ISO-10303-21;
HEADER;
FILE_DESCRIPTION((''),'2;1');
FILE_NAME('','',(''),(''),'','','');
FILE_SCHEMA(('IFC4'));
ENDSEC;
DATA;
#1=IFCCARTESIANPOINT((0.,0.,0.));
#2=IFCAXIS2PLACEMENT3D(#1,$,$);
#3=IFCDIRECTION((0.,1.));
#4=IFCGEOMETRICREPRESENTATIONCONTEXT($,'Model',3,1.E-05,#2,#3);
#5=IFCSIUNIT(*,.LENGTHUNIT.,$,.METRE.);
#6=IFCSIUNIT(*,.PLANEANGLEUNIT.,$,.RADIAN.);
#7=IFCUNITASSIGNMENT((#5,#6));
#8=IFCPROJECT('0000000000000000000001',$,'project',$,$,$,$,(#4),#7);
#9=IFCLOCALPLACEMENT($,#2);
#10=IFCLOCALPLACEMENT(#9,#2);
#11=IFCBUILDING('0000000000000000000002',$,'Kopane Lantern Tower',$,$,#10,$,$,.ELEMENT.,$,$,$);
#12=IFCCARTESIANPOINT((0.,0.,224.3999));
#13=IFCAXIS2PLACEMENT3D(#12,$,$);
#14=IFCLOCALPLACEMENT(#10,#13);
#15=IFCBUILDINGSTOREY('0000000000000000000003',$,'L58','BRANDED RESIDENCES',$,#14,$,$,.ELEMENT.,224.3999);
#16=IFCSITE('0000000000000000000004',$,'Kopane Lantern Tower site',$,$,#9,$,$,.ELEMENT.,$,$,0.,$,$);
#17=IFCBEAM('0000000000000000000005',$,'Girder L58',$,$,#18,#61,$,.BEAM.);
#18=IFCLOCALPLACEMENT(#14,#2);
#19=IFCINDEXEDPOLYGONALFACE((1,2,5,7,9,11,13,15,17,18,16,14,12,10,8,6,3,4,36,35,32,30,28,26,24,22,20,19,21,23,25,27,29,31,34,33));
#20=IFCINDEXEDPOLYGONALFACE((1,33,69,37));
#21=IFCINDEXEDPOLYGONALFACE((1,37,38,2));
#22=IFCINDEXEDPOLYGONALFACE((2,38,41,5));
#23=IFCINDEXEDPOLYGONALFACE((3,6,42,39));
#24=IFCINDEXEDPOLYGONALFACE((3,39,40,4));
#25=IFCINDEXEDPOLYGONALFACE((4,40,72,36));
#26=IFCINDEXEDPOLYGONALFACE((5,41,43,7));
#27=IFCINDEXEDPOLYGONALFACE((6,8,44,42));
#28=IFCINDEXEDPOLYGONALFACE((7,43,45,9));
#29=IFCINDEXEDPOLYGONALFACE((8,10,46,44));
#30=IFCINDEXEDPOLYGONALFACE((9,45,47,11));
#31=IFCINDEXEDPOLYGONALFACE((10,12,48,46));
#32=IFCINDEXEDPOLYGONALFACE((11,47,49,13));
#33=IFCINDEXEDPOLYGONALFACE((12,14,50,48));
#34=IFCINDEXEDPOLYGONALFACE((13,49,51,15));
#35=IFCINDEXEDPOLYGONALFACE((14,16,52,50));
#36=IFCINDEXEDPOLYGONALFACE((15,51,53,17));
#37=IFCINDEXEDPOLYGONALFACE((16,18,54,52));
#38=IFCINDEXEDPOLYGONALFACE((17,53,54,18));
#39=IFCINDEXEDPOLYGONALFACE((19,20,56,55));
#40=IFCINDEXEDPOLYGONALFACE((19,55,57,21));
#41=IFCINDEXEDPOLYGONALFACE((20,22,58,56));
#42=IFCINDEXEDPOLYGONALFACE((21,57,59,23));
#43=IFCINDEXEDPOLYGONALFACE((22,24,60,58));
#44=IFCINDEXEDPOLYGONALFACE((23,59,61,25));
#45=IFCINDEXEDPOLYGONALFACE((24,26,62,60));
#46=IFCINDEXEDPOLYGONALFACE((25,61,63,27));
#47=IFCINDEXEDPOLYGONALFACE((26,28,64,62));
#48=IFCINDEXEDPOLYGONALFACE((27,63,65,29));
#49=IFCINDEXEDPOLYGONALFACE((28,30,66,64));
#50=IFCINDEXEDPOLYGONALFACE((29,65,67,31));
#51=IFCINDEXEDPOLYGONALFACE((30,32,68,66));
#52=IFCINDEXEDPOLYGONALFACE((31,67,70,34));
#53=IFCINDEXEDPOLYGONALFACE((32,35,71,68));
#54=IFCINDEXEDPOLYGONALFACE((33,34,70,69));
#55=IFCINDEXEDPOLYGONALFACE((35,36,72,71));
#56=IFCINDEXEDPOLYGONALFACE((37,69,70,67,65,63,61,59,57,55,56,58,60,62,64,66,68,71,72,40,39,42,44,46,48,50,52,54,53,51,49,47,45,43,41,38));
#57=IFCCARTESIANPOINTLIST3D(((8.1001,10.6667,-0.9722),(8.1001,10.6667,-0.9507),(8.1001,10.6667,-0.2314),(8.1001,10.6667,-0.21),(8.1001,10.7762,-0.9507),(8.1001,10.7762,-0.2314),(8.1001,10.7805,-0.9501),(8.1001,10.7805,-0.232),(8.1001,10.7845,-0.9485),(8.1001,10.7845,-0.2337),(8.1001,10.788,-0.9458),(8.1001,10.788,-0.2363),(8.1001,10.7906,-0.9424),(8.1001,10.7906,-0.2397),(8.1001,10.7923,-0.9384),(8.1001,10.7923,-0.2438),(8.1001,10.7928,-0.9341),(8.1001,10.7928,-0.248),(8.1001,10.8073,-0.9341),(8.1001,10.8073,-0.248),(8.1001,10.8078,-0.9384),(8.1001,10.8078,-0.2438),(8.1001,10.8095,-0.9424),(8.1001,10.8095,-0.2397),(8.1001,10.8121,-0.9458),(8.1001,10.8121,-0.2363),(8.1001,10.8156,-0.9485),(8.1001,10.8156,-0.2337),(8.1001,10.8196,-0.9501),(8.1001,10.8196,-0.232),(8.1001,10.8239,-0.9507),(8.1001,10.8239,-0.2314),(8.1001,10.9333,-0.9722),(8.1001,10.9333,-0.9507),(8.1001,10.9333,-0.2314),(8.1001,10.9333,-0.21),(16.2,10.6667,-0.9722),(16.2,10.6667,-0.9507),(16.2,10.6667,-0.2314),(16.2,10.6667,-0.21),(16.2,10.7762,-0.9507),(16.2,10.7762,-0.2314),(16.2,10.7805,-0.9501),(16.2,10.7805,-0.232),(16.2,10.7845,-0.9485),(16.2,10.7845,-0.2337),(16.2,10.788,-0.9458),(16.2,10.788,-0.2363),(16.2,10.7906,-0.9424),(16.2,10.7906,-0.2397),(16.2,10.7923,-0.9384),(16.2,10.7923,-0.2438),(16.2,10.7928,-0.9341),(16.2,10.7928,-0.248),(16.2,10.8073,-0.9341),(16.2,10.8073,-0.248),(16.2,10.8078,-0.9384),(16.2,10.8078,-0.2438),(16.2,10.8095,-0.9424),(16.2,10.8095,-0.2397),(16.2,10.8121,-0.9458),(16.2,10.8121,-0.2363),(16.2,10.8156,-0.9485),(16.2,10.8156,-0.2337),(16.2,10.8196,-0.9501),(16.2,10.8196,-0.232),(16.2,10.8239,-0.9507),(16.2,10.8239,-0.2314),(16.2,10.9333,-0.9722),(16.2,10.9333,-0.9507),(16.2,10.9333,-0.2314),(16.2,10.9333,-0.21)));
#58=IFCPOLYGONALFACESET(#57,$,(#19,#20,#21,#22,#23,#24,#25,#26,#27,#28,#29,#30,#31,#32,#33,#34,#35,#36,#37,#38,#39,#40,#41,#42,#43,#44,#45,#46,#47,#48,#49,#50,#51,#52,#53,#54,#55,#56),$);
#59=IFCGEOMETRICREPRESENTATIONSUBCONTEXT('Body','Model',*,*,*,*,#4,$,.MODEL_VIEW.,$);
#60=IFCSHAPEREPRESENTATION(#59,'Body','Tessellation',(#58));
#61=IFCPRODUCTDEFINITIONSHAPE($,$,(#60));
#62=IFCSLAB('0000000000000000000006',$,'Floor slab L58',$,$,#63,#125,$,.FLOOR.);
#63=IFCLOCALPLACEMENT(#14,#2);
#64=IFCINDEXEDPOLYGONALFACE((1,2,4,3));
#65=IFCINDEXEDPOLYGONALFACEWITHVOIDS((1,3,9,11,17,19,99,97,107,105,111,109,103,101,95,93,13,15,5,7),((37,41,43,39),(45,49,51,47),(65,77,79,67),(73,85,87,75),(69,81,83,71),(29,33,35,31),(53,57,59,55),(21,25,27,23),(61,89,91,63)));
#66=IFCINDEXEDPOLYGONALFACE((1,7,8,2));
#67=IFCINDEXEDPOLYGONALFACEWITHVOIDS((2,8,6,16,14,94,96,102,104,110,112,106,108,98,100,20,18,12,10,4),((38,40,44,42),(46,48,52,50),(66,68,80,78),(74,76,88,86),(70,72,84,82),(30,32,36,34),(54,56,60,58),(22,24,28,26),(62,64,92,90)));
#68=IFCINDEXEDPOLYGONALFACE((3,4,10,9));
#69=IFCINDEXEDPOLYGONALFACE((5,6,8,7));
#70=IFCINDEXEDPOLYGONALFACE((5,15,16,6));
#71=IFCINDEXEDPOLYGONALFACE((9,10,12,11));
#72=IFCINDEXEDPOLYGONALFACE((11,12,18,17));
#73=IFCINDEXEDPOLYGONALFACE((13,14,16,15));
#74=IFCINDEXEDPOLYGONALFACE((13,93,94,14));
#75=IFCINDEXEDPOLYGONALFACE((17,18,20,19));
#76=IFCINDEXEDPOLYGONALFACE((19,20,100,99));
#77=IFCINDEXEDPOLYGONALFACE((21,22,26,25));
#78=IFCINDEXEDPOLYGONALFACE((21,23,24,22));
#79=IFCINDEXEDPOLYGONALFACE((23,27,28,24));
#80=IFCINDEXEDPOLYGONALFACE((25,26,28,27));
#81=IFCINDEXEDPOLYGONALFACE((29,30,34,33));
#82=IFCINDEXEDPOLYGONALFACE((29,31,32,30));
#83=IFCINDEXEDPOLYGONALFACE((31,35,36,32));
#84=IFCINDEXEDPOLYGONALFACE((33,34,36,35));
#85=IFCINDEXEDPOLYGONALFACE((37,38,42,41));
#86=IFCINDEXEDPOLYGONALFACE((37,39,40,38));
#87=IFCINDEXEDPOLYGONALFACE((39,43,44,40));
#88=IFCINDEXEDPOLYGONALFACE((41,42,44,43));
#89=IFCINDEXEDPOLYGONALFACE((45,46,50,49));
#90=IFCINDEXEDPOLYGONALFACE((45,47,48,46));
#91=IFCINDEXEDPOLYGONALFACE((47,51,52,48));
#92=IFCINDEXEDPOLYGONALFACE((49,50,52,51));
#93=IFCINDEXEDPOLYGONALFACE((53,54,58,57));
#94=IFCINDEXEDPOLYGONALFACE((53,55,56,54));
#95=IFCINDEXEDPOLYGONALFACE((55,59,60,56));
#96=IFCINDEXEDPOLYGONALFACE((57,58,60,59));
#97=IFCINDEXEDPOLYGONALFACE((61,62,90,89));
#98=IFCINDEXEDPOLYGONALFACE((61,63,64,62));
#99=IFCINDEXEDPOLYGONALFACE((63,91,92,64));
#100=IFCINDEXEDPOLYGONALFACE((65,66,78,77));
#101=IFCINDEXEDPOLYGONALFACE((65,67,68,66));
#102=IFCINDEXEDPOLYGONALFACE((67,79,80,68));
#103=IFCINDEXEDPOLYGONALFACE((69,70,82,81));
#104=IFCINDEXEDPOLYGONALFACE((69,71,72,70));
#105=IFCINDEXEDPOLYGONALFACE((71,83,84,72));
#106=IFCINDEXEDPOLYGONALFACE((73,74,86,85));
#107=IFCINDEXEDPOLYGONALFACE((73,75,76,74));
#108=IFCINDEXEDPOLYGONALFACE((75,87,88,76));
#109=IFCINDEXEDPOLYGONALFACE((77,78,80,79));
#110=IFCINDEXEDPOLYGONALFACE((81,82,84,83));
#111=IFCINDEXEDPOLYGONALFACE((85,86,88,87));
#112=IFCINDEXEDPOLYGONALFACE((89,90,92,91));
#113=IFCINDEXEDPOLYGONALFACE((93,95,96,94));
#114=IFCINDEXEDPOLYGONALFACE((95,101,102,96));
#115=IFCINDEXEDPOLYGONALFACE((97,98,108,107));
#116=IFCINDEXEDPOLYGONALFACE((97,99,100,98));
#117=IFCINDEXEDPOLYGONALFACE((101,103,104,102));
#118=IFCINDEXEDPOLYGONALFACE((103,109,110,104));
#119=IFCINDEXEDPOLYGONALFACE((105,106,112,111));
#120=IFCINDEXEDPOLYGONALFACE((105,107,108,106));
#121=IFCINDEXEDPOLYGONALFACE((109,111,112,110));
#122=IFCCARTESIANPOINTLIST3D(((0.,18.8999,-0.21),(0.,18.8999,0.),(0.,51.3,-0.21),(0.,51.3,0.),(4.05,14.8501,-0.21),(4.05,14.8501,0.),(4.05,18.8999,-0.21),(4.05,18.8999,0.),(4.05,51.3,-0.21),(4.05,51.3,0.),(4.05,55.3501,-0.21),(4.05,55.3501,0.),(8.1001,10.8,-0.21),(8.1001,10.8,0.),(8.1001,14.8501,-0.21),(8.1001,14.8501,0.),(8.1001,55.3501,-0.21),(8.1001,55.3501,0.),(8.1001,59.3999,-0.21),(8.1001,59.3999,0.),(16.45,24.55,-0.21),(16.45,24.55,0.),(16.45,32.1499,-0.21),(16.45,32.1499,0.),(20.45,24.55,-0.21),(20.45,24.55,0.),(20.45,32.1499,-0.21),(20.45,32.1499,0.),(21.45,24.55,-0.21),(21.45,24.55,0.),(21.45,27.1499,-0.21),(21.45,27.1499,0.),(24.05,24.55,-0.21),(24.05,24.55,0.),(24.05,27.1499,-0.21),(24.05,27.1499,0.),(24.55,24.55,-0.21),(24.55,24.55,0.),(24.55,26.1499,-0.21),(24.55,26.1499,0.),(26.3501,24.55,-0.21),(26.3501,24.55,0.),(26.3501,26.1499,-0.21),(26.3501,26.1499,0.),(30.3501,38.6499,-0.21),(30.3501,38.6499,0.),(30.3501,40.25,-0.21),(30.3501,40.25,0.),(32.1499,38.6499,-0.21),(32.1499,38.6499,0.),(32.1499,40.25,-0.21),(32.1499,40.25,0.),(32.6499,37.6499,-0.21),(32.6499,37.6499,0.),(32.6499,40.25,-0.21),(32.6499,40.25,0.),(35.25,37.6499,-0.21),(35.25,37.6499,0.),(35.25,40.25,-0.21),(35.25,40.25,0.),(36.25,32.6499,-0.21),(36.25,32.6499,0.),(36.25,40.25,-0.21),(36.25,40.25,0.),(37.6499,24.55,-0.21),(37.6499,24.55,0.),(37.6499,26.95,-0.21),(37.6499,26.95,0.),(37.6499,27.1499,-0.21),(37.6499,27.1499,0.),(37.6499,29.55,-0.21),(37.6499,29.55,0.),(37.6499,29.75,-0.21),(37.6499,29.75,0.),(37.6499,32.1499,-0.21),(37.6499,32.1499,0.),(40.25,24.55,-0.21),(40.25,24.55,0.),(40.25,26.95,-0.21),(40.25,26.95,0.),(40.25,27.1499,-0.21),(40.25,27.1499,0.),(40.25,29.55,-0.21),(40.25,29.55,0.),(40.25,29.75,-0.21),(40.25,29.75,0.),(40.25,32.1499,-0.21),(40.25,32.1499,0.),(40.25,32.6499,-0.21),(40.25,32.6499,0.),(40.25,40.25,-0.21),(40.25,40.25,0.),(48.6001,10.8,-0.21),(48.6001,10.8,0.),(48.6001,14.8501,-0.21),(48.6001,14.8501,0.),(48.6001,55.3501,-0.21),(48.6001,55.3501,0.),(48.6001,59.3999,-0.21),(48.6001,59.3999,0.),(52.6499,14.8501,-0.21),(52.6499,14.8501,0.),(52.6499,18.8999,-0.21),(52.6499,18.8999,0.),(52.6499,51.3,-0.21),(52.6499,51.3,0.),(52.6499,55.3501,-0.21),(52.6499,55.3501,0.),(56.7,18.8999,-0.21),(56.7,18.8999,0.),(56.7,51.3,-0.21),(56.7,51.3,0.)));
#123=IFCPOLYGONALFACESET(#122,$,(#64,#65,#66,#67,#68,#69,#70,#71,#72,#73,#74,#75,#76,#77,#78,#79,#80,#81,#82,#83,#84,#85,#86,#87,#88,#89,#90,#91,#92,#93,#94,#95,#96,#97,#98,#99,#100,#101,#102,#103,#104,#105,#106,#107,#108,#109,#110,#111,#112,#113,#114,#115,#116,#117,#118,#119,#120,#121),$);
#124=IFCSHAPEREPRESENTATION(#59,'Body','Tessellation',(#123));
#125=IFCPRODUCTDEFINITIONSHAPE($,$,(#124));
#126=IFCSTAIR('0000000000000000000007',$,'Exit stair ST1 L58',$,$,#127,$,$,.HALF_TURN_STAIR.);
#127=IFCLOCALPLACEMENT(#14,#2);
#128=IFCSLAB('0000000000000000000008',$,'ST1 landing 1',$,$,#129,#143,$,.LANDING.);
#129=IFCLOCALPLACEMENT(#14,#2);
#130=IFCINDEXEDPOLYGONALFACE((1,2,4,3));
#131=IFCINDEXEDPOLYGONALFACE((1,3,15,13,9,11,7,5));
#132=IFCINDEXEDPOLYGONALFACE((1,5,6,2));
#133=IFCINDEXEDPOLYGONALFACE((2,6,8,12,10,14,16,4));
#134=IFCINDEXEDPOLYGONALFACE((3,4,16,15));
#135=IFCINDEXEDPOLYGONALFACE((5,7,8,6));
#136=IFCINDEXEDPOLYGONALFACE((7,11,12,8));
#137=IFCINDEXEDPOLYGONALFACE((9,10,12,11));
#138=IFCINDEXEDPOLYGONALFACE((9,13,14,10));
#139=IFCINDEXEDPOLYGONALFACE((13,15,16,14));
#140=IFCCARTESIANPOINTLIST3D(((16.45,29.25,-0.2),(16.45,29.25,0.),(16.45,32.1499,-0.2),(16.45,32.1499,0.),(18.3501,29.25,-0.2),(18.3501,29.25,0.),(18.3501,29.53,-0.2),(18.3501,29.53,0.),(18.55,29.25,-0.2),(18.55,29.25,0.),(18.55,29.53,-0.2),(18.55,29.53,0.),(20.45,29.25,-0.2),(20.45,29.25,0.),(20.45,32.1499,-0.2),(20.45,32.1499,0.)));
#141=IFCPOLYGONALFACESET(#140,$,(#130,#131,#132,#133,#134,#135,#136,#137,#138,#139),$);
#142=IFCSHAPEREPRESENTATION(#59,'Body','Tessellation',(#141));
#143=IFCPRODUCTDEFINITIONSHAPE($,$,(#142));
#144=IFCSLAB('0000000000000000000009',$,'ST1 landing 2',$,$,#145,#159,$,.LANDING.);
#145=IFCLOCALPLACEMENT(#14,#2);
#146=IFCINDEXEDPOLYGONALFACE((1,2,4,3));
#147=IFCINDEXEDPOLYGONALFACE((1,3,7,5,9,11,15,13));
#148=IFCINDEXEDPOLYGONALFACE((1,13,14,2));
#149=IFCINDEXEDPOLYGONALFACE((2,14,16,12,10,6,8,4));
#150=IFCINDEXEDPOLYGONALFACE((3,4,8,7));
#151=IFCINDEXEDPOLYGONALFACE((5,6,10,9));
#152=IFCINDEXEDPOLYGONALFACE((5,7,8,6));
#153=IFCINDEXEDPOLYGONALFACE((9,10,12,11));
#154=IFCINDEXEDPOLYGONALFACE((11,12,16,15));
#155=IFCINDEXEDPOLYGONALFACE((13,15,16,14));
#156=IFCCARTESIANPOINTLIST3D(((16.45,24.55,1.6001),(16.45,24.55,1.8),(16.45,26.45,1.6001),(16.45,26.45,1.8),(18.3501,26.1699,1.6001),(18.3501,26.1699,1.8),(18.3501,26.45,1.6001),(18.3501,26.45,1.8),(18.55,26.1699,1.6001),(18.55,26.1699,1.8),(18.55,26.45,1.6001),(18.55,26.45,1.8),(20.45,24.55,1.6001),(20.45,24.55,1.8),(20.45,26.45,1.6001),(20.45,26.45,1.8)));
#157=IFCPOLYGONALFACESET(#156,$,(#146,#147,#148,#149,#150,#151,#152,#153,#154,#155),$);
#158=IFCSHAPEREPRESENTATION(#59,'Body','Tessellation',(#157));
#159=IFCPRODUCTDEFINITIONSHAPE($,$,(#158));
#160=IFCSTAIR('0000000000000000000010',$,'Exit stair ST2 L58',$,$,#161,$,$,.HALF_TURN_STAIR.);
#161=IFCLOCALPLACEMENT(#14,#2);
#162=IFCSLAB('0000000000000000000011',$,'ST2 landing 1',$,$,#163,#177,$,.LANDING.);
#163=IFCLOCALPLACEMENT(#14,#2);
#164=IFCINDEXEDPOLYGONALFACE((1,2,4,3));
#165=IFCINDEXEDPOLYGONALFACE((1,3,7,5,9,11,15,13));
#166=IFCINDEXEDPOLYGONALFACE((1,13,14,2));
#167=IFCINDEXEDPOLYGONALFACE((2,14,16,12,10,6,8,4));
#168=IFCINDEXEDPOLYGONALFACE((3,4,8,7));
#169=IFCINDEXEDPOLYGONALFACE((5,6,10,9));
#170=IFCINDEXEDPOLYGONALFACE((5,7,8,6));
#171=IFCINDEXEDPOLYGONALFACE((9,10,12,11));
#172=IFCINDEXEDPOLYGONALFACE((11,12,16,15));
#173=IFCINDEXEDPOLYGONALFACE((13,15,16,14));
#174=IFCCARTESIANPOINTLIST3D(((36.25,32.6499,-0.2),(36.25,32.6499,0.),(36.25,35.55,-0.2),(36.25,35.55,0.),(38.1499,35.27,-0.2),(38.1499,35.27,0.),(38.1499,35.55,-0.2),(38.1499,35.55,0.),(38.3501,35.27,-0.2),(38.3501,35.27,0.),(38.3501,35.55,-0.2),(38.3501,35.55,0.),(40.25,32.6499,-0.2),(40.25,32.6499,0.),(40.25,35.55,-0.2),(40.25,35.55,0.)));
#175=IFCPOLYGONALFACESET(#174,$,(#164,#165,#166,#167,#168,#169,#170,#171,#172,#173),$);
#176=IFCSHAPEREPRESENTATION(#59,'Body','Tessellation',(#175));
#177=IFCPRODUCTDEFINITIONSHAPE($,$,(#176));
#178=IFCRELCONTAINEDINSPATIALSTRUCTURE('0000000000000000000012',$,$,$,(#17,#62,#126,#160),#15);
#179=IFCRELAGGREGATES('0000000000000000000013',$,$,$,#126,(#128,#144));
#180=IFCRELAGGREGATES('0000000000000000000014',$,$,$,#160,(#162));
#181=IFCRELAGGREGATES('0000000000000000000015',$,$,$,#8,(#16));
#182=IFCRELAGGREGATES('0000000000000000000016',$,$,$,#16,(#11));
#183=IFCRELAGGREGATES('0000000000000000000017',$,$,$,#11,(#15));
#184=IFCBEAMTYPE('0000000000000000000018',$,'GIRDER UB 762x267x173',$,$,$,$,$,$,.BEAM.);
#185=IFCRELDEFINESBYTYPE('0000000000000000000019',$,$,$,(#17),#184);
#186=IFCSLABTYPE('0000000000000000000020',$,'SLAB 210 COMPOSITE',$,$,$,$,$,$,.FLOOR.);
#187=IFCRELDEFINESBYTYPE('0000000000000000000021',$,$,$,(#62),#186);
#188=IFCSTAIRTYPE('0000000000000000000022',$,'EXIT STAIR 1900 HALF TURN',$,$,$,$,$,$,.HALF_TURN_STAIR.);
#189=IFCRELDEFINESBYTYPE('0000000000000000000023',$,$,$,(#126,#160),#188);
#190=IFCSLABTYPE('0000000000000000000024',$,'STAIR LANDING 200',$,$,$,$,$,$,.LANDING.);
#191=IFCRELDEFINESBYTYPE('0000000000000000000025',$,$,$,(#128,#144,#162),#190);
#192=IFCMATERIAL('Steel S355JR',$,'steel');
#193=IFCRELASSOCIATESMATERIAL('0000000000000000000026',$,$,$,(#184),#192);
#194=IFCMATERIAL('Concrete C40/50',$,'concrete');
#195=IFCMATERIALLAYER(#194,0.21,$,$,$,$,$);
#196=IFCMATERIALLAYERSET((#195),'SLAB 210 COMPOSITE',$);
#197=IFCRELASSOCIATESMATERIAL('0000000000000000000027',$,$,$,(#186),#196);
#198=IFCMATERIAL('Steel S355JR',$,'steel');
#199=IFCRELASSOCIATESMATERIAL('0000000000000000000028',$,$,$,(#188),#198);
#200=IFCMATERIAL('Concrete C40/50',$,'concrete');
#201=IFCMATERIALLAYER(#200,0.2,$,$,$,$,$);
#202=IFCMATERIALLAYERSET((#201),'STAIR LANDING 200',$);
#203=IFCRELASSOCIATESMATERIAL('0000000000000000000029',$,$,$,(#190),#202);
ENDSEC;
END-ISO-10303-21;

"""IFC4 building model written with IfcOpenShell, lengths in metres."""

from ifc_helpers import new_model, si_unit, direction, frame, origin, origin_2d, place, context, subcontext, project, spatial, polyline, i_section, outline, extrude, material, layer, layer_set, material_profile, profile_set, type_object, element, aggregate, save


model = new_model("IFC4")

# Units and contexts
model_context = context("Model", 3, precision=1e-05, world=origin(), true_north=direction((0.0, 1.0)))
body_context = subcontext(model_context, "Body", "Model", "MODEL_VIEW")
ifc_project = project(units=[si_unit("LENGTHUNIT", "METRE"), si_unit("PLANEANGLEUNIT", "RADIAN")], contexts=[model_context])

# Site, building, storey
site_placement = place(None, origin())
site = spatial("IfcSite", under=ifc_project, at=site_placement, Name="Kopane Lantern Tower site", CompositionType="ELEMENT", RefElevation=0.0)
building_placement = place(site_placement, origin())
building = spatial("IfcBuilding", under=site, at=building_placement, Name="Kopane Lantern Tower", CompositionType="ELEMENT")
storey_placement = place(building_placement, frame((0.0, 0.0, 224.3999)))
storey = spatial("IfcBuildingStorey", under=building, at=storey_placement, Name="L58", Description="BRANDED RESIDENCES", CompositionType="ELEMENT", Elevation=224.3999)

# Beam
ifc_material_1 = material(Name="Steel S355JR", Category="steel")
ifc_material_profile_1 = material_profile(ifc_material_1, i_section(OverallWidth=0.2666, OverallDepth=0.7622, WebThickness=0.0144, FlangeThickness=0.0215, FilletRadius=0.0166, at=origin_2d()), Name="UB 762x267x173")
ifc_profile_set_1 = profile_set([ifc_material_profile_1], Name="Steel S355JR")
beam_type_1 = type_object("IfcBeamType", Name="GIRDER UB 762x267x173", PredefinedType="BEAM", material=ifc_profile_set_1)
for number, where, z_axis, x_axis, name in (
    (1, (8.1001, 10.8, -0.5911), (1.0, 0.0, 0.0), (0.0, 1.0, 0.0), "Girder L58"),
):
    element("IfcBeam", number, at=place(storey_placement, frame(where, z_axis=z_axis, x_axis=x_axis)), inside=storey, type_object=beam_type_1, Name=name, PredefinedType="BEAM", context=body_context, shape_type="SweptSolid", body=[
        extrude(i_section(OverallWidth=0.2666, OverallDepth=0.7622, WebThickness=0.0144, FlangeThickness=0.0215, FilletRadius=0.0166, at=origin_2d()), origin(), (0.0, 0.0, 1.0), 8.0999),
    ])

# Slab
ifc_material_2 = material(Name="Concrete C40/50", Category="concrete")
ifc_layer_1 = layer(ifc_material_2, 0.21)
ifc_layer_set_1 = layer_set([ifc_layer_1], Name="SLAB 210 COMPOSITE")
slab_type_1 = type_object("IfcSlabType", Name="SLAB 210 COMPOSITE", PredefinedType="FLOOR", material=ifc_layer_set_1)
slab_1_placement = place(storey_placement, frame((0.0, 0.0, -0.21)))
element("IfcSlab", 2, at=slab_1_placement, inside=storey, type_object=slab_type_1, Name="Floor slab L58", PredefinedType="FLOOR", context=body_context, shape_type="SweptSolid", body=[
    extrude(outline(polyline([(8.1001, 10.8), (48.6001, 10.8), (48.6001, 14.8501), (52.6499, 14.8501), (52.6499, 18.8999), (56.7, 18.8999), (56.7, 51.3), (52.6499, 51.3), (52.6499, 55.3501), (48.6001, 55.3501), (48.6001, 59.3999), (8.1001, 59.3999), (8.1001, 55.3501), (4.05, 55.3501), (4.05, 51.3), (0.0, 51.3), (0.0, 18.8999), (4.05, 18.8999), (4.05, 14.8501), (8.1001, 14.8501), (8.1001, 10.8)]), holes=[polyline([(16.45, 24.55), (20.45, 24.55), (20.45, 32.1499), (16.45, 32.1499), (16.45, 24.55)]), polyline([(36.25, 32.6499), (40.25, 32.6499), (40.25, 40.25), (36.25, 40.25), (36.25, 32.6499)]), polyline([(37.6499, 24.55), (40.25, 24.55), (40.25, 26.95), (37.6499, 26.95), (37.6499, 24.55)]), polyline([(37.6499, 27.1499), (40.25, 27.1499), (40.25, 29.55), (37.6499, 29.55), (37.6499, 27.1499)]), polyline([(37.6499, 29.75), (40.25, 29.75), (40.25, 32.1499), (37.6499, 32.1499), (37.6499, 29.75)]), polyline([(21.45, 24.55), (24.05, 24.55), (24.05, 27.1499), (21.45, 27.1499), (21.45, 24.55)]), polyline([(32.6499, 37.6499), (35.25, 37.6499), (35.25, 40.25), (32.6499, 40.25), (32.6499, 37.6499)]), polyline([(24.55, 24.55), (26.3501, 24.55), (26.3501, 26.1499), (24.55, 26.1499), (24.55, 24.55)]), polyline([(30.3501, 38.6499), (32.1499, 38.6499), (32.1499, 40.25), (30.3501, 40.25), (30.3501, 38.6499)])]), origin(), (0.0, 0.0, 1.0), 0.21),
])

# Stairs, slabs
ifc_material_3 = material(Name="Steel S355JR", Category="steel")
stair_type = type_object("IfcStairType", Name="EXIT STAIR 1900 HALF TURN", PredefinedType="HALF_TURN_STAIR", material=ifc_material_3)
stair_1_placement = place(storey_placement, origin())
stair_1 = element("IfcStair", 3, at=stair_1_placement, inside=storey, type_object=stair_type, Name="Exit stair ST1 L58", PredefinedType="HALF_TURN_STAIR")
ifc_material_4 = material(Name="Concrete C40/50", Category="concrete")
ifc_layer_2 = layer(ifc_material_4, 0.2)
ifc_layer_set_2 = layer_set([ifc_layer_2], Name="STAIR LANDING 200")
slab_type_2 = type_object("IfcSlabType", Name="STAIR LANDING 200", PredefinedType="LANDING", material=ifc_layer_set_2)
slab_2_placement = place(storey_placement, frame((0.0, 0.0, -0.2)))
slab_2 = element("IfcSlab", 4, at=slab_2_placement, type_object=slab_type_2, Name="ST1 landing 1", PredefinedType="LANDING", context=body_context, shape_type="SweptSolid", body=[
    extrude(outline(polyline([(18.3501, 29.53), (18.55, 29.53), (18.55, 29.25), (20.45, 29.25), (20.45, 32.1499), (16.45, 32.1499), (16.45, 29.25), (18.3501, 29.25), (18.3501, 29.53)])), origin(), (0.0, 0.0, 1.0), 0.2),
])
slab_3_placement = place(storey_placement, frame((0.0, 0.0, 1.6001)))
slab_3 = element("IfcSlab", 5, at=slab_3_placement, type_object=slab_type_2, Name="ST1 landing 2", PredefinedType="LANDING", context=body_context, shape_type="SweptSolid", body=[
    extrude(outline(polyline([(20.45, 26.45), (18.55, 26.45), (18.55, 26.1699), (18.3501, 26.1699), (18.3501, 26.45), (16.45, 26.45), (16.45, 24.55), (20.45, 24.55), (20.45, 26.45)])), origin(), (0.0, 0.0, 1.0), 0.2),
])
aggregate(stair_1, [slab_2, slab_3])
stair_2_placement = place(storey_placement, origin())
stair_2 = element("IfcStair", 6, at=stair_2_placement, inside=storey, type_object=stair_type, Name="Exit stair ST2 L58", PredefinedType="HALF_TURN_STAIR")
slab_4_placement = place(storey_placement, frame((0.0, 0.0, -0.2)))
slab_4 = element("IfcSlab", 7, at=slab_4_placement, type_object=slab_type_2, Name="ST2 landing 1", PredefinedType="LANDING", context=body_context, shape_type="SweptSolid", body=[
    extrude(outline(polyline([(40.25, 35.55), (38.3501, 35.55), (38.3501, 35.27), (38.1499, 35.27), (38.1499, 35.55), (36.25, 35.55), (36.25, 32.6499), (40.25, 32.6499), (40.25, 35.55)])), origin(), (0.0, 0.0, 1.0), 0.2),
])
aggregate(stair_2, [slab_4])

save(model, "model.ifc")
